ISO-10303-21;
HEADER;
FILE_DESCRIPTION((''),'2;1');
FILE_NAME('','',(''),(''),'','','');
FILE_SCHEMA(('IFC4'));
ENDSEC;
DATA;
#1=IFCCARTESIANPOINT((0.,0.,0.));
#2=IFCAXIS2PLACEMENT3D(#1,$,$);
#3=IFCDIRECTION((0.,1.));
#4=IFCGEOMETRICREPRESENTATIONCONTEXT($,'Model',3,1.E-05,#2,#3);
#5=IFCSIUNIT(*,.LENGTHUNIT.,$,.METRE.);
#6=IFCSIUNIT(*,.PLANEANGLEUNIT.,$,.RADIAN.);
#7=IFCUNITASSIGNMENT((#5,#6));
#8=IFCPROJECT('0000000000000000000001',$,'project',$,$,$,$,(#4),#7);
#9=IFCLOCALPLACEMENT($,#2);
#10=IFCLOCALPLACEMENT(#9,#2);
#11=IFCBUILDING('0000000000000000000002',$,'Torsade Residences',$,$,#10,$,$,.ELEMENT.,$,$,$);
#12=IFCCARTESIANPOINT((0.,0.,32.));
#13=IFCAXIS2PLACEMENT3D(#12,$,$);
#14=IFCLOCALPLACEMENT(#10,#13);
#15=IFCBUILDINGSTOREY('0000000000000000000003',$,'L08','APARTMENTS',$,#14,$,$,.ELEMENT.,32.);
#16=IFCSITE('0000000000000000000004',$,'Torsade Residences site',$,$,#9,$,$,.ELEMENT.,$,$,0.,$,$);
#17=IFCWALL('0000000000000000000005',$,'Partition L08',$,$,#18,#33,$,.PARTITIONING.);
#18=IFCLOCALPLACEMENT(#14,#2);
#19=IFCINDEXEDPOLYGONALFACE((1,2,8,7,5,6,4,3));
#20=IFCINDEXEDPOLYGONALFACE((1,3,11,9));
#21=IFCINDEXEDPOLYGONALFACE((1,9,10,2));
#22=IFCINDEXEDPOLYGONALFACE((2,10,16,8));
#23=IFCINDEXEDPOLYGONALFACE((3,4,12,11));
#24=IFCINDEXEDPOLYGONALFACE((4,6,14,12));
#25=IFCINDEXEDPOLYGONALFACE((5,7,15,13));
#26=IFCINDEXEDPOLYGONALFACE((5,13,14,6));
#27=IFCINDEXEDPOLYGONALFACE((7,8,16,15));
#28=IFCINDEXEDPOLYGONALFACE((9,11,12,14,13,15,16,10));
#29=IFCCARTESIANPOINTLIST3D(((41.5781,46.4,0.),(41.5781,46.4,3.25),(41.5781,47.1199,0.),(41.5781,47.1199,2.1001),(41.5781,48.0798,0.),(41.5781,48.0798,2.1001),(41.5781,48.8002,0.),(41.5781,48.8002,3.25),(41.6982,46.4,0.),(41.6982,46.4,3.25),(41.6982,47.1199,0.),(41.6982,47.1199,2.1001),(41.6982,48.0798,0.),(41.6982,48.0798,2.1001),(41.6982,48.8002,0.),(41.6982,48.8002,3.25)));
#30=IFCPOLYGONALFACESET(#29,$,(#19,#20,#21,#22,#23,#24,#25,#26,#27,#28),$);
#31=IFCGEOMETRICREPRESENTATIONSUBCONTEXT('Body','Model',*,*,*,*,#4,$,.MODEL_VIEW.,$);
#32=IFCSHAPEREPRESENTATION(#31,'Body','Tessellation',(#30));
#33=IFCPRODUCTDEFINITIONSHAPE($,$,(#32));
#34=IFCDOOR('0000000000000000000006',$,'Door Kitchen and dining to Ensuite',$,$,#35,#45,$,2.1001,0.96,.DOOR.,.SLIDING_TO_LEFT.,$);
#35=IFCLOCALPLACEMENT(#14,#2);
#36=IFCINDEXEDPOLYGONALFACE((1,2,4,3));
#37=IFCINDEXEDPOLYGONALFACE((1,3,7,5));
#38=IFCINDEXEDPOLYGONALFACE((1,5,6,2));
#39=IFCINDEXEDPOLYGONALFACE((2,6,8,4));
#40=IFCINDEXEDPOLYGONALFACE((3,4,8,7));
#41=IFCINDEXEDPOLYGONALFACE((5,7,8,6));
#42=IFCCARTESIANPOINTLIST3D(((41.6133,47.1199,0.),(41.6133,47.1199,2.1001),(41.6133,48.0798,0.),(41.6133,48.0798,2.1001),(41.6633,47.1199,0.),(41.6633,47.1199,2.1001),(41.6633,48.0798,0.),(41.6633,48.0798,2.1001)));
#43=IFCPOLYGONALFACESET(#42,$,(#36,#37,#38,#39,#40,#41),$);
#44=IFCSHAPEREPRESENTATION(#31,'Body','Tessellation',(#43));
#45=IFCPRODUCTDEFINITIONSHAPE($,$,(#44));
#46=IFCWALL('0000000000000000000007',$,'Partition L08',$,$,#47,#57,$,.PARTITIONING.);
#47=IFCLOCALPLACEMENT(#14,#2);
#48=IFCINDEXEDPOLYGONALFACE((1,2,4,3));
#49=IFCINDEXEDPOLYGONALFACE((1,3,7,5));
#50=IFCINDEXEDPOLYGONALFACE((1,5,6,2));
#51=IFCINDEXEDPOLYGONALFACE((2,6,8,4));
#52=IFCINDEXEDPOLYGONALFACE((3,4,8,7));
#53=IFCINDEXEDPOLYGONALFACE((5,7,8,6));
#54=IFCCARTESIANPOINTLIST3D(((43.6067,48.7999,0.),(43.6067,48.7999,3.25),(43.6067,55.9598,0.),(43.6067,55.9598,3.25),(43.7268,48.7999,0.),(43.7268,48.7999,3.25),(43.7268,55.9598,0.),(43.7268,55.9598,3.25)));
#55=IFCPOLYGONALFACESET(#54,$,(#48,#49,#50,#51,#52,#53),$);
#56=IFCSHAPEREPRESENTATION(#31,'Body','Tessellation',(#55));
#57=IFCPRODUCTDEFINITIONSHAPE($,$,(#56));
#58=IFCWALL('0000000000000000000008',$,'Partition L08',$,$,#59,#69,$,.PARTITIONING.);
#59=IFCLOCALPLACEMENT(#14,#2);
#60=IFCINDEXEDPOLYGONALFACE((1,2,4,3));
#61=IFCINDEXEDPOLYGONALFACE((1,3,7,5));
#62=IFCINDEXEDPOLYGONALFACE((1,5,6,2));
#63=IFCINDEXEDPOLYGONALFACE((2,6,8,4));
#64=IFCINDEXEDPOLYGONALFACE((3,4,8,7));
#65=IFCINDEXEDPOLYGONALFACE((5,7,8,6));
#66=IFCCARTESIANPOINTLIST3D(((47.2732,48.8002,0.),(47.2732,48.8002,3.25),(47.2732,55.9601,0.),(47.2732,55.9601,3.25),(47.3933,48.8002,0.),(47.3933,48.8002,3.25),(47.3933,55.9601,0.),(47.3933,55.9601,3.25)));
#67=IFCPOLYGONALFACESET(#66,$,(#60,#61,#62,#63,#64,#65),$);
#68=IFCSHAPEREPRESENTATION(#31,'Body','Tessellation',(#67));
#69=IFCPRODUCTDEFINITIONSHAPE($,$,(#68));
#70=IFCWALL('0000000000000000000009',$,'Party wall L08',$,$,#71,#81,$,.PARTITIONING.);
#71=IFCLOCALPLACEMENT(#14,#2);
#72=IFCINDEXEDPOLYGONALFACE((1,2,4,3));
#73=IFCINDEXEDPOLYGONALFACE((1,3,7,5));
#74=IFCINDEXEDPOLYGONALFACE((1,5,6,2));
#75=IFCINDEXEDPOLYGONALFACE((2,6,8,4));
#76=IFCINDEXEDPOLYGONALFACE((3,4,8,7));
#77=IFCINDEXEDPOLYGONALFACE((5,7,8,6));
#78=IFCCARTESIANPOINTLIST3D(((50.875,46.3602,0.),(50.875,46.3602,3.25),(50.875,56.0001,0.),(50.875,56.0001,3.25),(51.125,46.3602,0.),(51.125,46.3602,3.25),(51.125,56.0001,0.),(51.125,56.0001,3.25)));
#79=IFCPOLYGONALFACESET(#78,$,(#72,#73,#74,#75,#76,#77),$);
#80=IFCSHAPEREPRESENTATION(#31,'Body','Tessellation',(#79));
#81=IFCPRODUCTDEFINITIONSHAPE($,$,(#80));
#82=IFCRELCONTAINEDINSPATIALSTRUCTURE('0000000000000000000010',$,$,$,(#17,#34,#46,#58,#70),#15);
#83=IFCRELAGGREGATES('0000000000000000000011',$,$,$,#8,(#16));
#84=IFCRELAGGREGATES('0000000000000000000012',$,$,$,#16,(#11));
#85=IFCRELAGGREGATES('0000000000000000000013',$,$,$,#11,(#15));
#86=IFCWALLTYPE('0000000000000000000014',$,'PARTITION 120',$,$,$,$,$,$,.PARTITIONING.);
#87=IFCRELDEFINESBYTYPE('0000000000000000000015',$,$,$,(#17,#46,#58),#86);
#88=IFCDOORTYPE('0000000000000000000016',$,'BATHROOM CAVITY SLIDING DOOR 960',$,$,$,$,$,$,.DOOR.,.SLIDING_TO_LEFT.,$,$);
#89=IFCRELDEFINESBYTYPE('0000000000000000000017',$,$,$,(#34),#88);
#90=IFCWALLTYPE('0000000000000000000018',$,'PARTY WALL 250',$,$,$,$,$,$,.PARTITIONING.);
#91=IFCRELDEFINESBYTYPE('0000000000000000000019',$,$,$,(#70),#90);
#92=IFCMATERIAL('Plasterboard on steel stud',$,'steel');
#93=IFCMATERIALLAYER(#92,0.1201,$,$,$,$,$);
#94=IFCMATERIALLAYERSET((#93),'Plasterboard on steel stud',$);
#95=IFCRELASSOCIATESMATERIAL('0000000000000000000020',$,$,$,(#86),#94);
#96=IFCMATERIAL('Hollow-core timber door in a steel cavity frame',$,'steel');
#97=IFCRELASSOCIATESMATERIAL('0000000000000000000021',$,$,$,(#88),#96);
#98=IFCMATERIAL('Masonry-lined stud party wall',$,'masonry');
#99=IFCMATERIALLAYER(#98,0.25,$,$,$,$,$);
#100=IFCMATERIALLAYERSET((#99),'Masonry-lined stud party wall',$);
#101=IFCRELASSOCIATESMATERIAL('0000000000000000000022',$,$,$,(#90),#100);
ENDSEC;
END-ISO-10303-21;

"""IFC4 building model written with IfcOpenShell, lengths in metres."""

from ifc_helpers import new_model, si_unit, direction, frame, frame_2d, origin, place, context, subcontext, project, spatial, rectangle, extrude, material, layer, layer_set, type_object, element, fill, save


model = new_model("IFC4")

# Units and contexts
model_context = context("Model", 3, precision=1e-05, world=origin(), true_north=direction((0.0, 1.0)))
body_context = subcontext(model_context, "Body", "Model", "MODEL_VIEW")
ifc_project = project(units=[si_unit("LENGTHUNIT", "METRE"), si_unit("PLANEANGLEUNIT", "RADIAN")], contexts=[model_context])

# Site, building, storey
site_placement = place(None, origin())
site = spatial("IfcSite", under=ifc_project, at=site_placement, Name="Torsade Residences site", CompositionType="ELEMENT", RefElevation=0.0)
building_placement = place(site_placement, origin())
building = spatial("IfcBuilding", under=site, at=building_placement, Name="Torsade Residences", CompositionType="ELEMENT")
storey_placement = place(building_placement, frame((0.0, 0.0, 32.0)))
storey = spatial("IfcBuildingStorey", under=building, at=storey_placement, Name="L08", Description="APARTMENTS", CompositionType="ELEMENT", Elevation=32.0)

# Shared definitions
ifc_material_1 = material(Name="Plasterboard on steel stud", Category="steel")
ifc_layer_1 = layer(ifc_material_1, 0.1201)
ifc_layer_set_1 = layer_set([ifc_layer_1], Name="Plasterboard on steel stud")
wall_type_1 = type_object("IfcWallType", Name="PARTITION 120", PredefinedType="PARTITIONING", material=ifc_layer_set_1)
ifc_material_2 = material(Name="Hollow-core timber door in a steel cavity frame", Category="steel")
door_type_1 = type_object("IfcDoorType", Name="BATHROOM CAVITY SLIDING DOOR 960", OperationType="SLIDING_TO_LEFT", PredefinedType="DOOR", material=ifc_material_2)

# Wall, opening, door
wall_1_placement = place(storey_placement, frame((41.6382, 46.3999, 0.0), z_axis=(0.0, 0.0, 1.0), x_axis=(0.0, 1.0, 0.0)))
wall_1 = element("IfcWall", 1, at=wall_1_placement, inside=storey, type_object=wall_type_1, Name="Partition L08", PredefinedType="PARTITIONING", context=body_context, shape_type="SweptSolid", body=[
    extrude(rectangle(XDim=2.4001, YDim=0.1201, at=frame_2d((1.2002, 0.0))), origin(), (0.0, 0.0, 1.0), 3.25),
])
opening_1_placement = place(wall_1_placement, frame((0.72, 0.0, 0.0)))
opening_1 = element("IfcOpeningElement", 2, at=opening_1_placement, cuts=wall_1, PredefinedType="OPENING", context=body_context, shape_type="SweptSolid", body=[
    extrude(rectangle(XDim=0.96, YDim=2.1001, at=frame_2d((0.48, 1.05))), frame((0.0, 0.0701, 0.0), z_axis=(0.0, -1.0, 0.0), x_axis=(1.0, 0.0, 0.0)), (0.0, 0.0, 1.0), 0.1401),
])
door_1_placement = place(opening_1_placement, origin())
door_1 = element("IfcDoor", 3, at=door_1_placement, inside=storey, type_object=door_type_1, Name="Door Kitchen and dining to Ensuite", OperationType="SLIDING_TO_LEFT", OverallHeight=2.1001, OverallWidth=0.96, PredefinedType="DOOR", context=body_context, shape_type="SweptSolid", body=[
    extrude(rectangle(XDim=0.96, YDim=2.1001, at=frame_2d((0.48, 1.05))), frame((0.0, 0.0249, 0.0), z_axis=(0.0, -1.0, 0.0), x_axis=(1.0, 0.0, 0.0)), (0.0, 0.0, 1.0), 0.05),
])
fill(opening_1, door_1)

# Walls
for number, where, z_axis, x_axis, name in (
    (4, (43.6667, 55.96, 0.0), (0.0, 0.0, 1.0), (0.0, -1.0, 0.0), "Partition L08"),
    (5, (47.3333, 48.8, 0.0), (0.0, 0.0, 1.0), (0.0, 1.0, 0.0), "Partition L08"),
):
    element("IfcWall", number, at=place(storey_placement, frame(where, z_axis=z_axis, x_axis=x_axis)), inside=storey, type_object=wall_type_1, Name=name, PredefinedType="PARTITIONING", context=body_context, shape_type="SweptSolid", body=[
        extrude(rectangle(XDim=7.1599, YDim=0.1201, at=frame_2d((3.5801, 0.0))), origin(), (0.0, 0.0, 1.0), 3.25),
    ])
ifc_material_3 = material(Name="Masonry-lined stud party wall", Category="masonry")
ifc_layer_2 = layer(ifc_material_3, 0.25)
ifc_layer_set_2 = layer_set([ifc_layer_2], Name="Masonry-lined stud party wall")
wall_type_2 = type_object("IfcWallType", Name="PARTY WALL 250", PredefinedType="PARTITIONING", material=ifc_layer_set_2)
wall_2_placement = place(storey_placement, frame((51.0, 56.0, 0.0), z_axis=(0.0, 0.0, 1.0), x_axis=(0.0, -1.0, 0.0)))
element("IfcWall", 6, at=wall_2_placement, inside=storey, type_object=wall_type_2, Name="Party wall L08", PredefinedType="PARTITIONING", context=body_context, shape_type="SweptSolid", body=[
    extrude(rectangle(XDim=9.6399, YDim=0.25, at=frame_2d((4.8198, 0.0))), origin(), (0.0, 0.0, 1.0), 3.25),
])

save(model, "model.ifc")
